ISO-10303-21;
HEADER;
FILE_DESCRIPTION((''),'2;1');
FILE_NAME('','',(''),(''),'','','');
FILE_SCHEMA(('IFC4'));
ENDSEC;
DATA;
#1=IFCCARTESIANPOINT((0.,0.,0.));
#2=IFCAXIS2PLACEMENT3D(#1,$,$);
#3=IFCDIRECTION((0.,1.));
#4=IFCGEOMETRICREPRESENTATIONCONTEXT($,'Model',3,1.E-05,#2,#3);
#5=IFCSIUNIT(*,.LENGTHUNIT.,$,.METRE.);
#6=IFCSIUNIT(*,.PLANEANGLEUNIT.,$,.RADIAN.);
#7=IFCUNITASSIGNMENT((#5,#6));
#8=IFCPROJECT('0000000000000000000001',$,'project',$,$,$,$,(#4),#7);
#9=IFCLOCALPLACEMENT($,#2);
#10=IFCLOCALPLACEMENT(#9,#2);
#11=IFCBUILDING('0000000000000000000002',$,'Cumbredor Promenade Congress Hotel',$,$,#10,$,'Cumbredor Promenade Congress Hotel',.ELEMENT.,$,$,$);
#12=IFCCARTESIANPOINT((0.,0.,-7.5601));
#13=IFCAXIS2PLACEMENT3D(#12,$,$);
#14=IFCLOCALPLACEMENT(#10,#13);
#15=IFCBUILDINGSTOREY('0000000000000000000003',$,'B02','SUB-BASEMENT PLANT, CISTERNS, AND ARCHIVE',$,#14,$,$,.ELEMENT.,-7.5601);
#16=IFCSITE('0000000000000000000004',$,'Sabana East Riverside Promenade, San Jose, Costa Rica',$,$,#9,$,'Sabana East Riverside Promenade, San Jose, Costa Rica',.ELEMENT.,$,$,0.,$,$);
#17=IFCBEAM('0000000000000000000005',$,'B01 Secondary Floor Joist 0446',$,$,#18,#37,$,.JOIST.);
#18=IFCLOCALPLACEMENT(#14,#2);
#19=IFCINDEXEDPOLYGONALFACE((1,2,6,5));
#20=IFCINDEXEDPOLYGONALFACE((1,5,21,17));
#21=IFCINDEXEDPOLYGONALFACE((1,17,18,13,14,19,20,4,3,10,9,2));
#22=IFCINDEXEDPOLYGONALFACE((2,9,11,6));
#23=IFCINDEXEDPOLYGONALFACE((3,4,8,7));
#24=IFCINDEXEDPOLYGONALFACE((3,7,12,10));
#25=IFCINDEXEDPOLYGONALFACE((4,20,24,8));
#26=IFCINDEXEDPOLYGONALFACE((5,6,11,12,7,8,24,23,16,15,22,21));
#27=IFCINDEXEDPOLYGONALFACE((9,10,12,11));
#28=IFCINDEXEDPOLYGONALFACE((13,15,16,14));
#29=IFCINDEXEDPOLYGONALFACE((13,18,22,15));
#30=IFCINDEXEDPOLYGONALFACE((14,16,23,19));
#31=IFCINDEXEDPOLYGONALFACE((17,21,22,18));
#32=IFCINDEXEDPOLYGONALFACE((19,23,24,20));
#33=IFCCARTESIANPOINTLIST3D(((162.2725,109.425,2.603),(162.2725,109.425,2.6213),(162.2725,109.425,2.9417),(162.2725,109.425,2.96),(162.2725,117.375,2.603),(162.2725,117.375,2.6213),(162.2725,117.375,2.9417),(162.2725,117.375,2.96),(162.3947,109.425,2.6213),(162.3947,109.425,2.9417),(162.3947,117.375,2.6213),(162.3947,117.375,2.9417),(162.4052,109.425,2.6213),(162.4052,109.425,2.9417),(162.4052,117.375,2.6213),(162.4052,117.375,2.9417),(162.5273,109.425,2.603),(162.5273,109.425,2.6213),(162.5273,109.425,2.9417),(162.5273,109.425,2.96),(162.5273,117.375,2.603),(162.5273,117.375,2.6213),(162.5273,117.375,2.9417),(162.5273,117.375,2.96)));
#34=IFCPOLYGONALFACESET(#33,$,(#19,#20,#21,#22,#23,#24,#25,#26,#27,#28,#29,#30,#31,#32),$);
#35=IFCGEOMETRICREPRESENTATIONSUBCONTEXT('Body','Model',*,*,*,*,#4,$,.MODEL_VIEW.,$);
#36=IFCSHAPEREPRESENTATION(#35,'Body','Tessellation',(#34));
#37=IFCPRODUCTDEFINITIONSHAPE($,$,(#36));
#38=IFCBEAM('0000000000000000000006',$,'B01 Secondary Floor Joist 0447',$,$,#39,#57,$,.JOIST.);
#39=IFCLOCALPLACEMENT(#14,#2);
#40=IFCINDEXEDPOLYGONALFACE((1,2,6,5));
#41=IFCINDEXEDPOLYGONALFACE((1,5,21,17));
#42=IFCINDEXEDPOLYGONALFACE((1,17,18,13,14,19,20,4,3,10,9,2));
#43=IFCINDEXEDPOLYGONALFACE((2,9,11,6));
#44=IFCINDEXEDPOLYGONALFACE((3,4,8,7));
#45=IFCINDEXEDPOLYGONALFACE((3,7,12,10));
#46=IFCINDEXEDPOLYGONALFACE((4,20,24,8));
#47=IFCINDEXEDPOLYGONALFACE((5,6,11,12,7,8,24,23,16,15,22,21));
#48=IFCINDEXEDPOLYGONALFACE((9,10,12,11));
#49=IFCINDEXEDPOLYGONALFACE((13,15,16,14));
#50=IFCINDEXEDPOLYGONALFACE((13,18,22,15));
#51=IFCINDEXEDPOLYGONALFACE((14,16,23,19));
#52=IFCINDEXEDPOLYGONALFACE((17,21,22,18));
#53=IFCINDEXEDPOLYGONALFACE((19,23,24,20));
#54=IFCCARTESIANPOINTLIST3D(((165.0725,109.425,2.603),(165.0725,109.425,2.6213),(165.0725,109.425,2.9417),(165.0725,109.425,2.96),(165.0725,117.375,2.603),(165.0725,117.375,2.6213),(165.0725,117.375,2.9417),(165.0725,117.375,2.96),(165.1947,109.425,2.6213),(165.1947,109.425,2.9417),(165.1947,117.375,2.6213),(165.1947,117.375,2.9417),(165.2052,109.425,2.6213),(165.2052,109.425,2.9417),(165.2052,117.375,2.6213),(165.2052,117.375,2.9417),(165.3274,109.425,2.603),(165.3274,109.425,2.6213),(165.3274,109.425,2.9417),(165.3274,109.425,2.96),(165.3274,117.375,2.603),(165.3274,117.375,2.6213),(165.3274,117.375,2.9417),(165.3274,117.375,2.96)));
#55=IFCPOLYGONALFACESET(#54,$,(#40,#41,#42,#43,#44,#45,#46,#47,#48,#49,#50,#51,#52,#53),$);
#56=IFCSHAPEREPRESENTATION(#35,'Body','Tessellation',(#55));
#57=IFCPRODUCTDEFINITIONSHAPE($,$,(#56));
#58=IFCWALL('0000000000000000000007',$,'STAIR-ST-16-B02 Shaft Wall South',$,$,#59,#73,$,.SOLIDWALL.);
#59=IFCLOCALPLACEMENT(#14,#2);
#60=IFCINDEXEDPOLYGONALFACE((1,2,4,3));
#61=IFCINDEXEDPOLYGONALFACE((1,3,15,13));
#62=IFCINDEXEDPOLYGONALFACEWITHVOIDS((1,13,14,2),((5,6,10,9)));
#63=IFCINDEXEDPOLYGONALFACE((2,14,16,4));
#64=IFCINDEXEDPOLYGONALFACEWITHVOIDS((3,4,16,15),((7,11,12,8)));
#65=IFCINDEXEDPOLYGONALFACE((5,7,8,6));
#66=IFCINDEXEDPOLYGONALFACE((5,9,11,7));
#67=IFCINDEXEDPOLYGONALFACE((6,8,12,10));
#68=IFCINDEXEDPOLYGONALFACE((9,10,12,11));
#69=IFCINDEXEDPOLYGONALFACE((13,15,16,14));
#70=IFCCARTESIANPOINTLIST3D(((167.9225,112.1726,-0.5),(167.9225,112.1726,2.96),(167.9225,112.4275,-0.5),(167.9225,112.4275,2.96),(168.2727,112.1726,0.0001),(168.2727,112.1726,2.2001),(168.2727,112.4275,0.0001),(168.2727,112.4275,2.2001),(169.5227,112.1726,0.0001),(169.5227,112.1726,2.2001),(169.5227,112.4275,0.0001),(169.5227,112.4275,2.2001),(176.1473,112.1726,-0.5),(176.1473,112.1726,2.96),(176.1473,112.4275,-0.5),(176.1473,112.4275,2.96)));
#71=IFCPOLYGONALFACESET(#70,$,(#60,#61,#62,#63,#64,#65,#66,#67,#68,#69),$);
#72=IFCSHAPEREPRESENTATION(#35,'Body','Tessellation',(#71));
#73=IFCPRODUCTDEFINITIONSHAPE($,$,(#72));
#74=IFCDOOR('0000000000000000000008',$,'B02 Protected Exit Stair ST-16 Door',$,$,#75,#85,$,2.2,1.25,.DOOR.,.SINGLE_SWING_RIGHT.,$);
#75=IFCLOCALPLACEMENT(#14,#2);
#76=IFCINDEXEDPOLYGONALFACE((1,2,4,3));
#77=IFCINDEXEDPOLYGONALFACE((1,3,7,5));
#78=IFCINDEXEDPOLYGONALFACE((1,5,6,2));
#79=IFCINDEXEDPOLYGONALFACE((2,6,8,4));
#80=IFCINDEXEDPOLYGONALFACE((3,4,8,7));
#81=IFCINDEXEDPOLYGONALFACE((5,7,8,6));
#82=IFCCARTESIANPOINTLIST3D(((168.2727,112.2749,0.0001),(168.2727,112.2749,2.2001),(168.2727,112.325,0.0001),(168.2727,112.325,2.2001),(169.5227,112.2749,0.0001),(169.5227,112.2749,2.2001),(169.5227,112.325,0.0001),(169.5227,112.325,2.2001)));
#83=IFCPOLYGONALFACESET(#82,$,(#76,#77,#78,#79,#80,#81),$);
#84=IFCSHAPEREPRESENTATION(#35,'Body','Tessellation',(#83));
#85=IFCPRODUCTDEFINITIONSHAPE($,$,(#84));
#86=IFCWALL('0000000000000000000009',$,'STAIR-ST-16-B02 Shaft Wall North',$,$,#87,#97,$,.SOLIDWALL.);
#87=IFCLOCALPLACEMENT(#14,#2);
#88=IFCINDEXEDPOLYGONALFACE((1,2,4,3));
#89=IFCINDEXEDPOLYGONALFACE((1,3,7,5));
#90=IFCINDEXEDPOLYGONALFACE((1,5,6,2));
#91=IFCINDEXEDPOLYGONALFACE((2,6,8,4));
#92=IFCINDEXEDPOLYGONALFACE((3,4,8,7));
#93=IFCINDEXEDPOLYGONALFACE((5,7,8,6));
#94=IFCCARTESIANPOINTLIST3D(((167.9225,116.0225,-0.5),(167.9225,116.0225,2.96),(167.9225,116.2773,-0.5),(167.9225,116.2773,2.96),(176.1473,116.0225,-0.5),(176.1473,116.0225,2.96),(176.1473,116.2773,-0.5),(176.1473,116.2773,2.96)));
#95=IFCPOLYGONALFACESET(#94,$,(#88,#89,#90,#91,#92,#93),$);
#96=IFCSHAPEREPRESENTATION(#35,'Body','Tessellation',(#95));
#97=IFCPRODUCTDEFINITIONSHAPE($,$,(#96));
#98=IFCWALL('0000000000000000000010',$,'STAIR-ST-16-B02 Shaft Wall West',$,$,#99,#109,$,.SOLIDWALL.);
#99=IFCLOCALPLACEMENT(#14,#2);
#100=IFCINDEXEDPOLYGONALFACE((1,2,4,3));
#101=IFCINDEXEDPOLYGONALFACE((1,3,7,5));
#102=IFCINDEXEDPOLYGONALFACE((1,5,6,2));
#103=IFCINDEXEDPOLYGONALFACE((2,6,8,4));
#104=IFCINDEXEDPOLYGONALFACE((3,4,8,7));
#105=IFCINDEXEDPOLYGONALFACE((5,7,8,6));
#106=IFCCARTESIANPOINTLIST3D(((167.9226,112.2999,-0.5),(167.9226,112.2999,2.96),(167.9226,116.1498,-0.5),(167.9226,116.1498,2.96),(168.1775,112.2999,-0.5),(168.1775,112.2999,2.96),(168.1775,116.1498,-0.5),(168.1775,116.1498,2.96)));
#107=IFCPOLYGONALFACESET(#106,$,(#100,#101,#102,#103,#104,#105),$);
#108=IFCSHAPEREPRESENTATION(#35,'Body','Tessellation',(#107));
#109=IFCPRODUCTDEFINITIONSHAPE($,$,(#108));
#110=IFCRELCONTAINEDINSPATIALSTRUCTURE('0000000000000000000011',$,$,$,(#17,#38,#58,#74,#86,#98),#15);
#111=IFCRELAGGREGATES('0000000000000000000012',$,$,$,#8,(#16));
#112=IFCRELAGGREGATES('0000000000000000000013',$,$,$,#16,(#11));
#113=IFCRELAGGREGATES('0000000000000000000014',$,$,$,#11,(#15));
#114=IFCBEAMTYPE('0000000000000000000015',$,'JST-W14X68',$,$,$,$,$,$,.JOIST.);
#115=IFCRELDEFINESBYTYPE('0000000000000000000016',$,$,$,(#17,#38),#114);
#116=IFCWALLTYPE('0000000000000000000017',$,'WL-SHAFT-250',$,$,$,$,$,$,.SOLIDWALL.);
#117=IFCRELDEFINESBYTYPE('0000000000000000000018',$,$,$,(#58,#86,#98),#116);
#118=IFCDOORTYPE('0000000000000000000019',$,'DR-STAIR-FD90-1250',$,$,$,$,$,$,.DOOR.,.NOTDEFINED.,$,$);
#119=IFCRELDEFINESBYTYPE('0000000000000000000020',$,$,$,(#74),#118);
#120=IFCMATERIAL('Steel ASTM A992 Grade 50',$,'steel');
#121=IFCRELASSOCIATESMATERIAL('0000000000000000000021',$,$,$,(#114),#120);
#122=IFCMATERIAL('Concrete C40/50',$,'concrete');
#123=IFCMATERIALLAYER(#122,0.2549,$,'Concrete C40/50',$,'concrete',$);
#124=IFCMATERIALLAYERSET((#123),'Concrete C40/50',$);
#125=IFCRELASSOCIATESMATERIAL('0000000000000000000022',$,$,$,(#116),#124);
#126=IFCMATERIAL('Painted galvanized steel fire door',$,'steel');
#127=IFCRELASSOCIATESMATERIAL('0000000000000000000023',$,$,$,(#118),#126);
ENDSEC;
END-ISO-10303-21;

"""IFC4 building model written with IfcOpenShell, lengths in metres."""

from ifc_helpers import new_model, si_unit, direction, frame, frame_2d, origin, origin_2d, place, context, subcontext, project, spatial, rectangle, i_section, extrude, material, layer, layer_set, material_profile, profile_set, type_object, element, fill, save


model = new_model("IFC4")

# Units and contexts
model_context = context("Model", 3, precision=1e-05, world=origin(), true_north=direction((0.0, 1.0)))
body_context = subcontext(model_context, "Body", "Model", "MODEL_VIEW")
ifc_project = project(units=[si_unit("LENGTHUNIT", "METRE"), si_unit("PLANEANGLEUNIT", "RADIAN")], contexts=[model_context])

# Site, building, storey
site_placement = place(None, origin())
site = spatial("IfcSite", under=ifc_project, at=site_placement, Name="Sabana East Riverside Promenade, San Jose, Costa Rica", LongName="Sabana East Riverside Promenade, San Jose, Costa Rica", CompositionType="ELEMENT", RefElevation=0.0)
building_placement = place(site_placement, origin())
building = spatial("IfcBuilding", under=site, at=building_placement, Name="Cumbredor Promenade Congress Hotel", LongName="Cumbredor Promenade Congress Hotel", CompositionType="ELEMENT")
storey_placement = place(building_placement, frame((0.0, 0.0, -7.5601)))
storey = spatial("IfcBuildingStorey", under=building, at=storey_placement, Name="B02", Description="SUB-BASEMENT PLANT, CISTERNS, AND ARCHIVE", CompositionType="ELEMENT", Elevation=-7.5601)

# Shared definitions
ifc_material_1 = material(Name="Concrete C40/50", Category="concrete")

# Beams
ifc_material_2 = material(Name="Steel ASTM A992 Grade 50", Category="steel")
ifc_material_profile_1 = material_profile(ifc_material_2, i_section(OverallWidth=0.2549, OverallDepth=0.3569, WebThickness=0.0105, FlangeThickness=0.0183, at=origin_2d()), Name="W14X68")
ifc_profile_set_1 = profile_set([ifc_material_profile_1], Name="Steel ASTM A992 Grade 50")
beam_type_1 = type_object("IfcBeamType", Name="JST-W14X68", PredefinedType="JOIST", material=ifc_profile_set_1)
for number, where, z_axis, x_axis, name in (
    (1, (162.3999, 109.425, 2.7815), (0.0, 1.0, 0.0), (-1.0, 0.0, 0.0), "B01 Secondary Floor Joist 0446"),
    (2, (165.2, 109.425, 2.7815), (0.0, 1.0, 0.0), (-1.0, 0.0, 0.0), "B01 Secondary Floor Joist 0447"),
):
    element("IfcBeam", number, at=place(storey_placement, frame(where, z_axis=z_axis, x_axis=x_axis)), inside=storey, type_object=beam_type_1, Name=name, PredefinedType="JOIST", context=body_context, shape_type="SweptSolid", body=[
        extrude(i_section(OverallWidth=0.2549, OverallDepth=0.3569, WebThickness=0.0105, FlangeThickness=0.0183, at=origin_2d()), origin(), (0.0, 0.0, 1.0), 7.95),
    ])

# Wall, opening, door
ifc_layer = layer(ifc_material_1, 0.2549, Name="Concrete C40/50", Category="concrete")
ifc_layer_set = layer_set([ifc_layer], Name="Concrete C40/50")
wall_type = type_object("IfcWallType", Name="WL-SHAFT-250", PredefinedType="SOLIDWALL", material=ifc_layer_set)
wall_1_placement = place(storey_placement, frame((167.9226, 112.3, -0.5), z_axis=(0.0, 0.0, 1.0), x_axis=(1.0, 0.0, 0.0)))
wall_1 = element("IfcWall", 3, at=wall_1_placement, inside=storey, type_object=wall_type, Name="STAIR-ST-16-B02 Shaft Wall South", PredefinedType="SOLIDWALL", context=body_context, shape_type="SweptSolid", body=[
    extrude(rectangle(XDim=8.2249, YDim=0.2549, at=frame_2d((4.1123, 0.0))), origin(), (0.0, 0.0, 1.0), 3.46),
])
opening_placement = place(wall_1_placement, frame((0.3501, 0.0, 0.5)))
opening = element("IfcOpeningElement", 4, at=opening_placement, cuts=wall_1, PredefinedType="OPENING", context=body_context, shape_type="SweptSolid", body=[
    extrude(rectangle(XDim=1.25, YDim=2.2, at=frame_2d((0.625, 1.1001))), frame((0.0, 0.1375, 0.0), z_axis=(0.0, -1.0, 0.0), x_axis=(1.0, 0.0, 0.0)), (0.0, 0.0, 1.0), 0.2749),
])
ifc_material_3 = material(Name="Painted galvanized steel fire door", Category="steel")
door_type = type_object("IfcDoorType", Name="DR-STAIR-FD90-1250", OperationType="NOTDEFINED", PredefinedType="DOOR", material=ifc_material_3)
door_placement = place(opening_placement, origin())
door = element("IfcDoor", 5, at=door_placement, inside=storey, type_object=door_type, Name="B02 Protected Exit Stair ST-16 Door", OperationType="SINGLE_SWING_RIGHT", OverallHeight=2.2, OverallWidth=1.25, PredefinedType="DOOR", context=body_context, shape_type="SweptSolid", body=[
    extrude(rectangle(XDim=1.25, YDim=2.2, at=frame_2d((0.625, 1.1001))), frame((0.0, 0.0249, 0.0), z_axis=(0.0, -1.0, 0.0), x_axis=(1.0, 0.0, 0.0)), (0.0, 0.0, 1.0), 0.05),
])
fill(opening, door)

# Walls
wall_2_placement = place(storey_placement, frame((167.9226, 116.1499, -0.5), z_axis=(0.0, 0.0, 1.0), x_axis=(1.0, 0.0, 0.0)))
element("IfcWall", 6, at=wall_2_placement, inside=storey, type_object=wall_type, Name="STAIR-ST-16-B02 Shaft Wall North", PredefinedType="SOLIDWALL", context=body_context, shape_type="SweptSolid", body=[
    extrude(rectangle(XDim=8.2249, YDim=0.2549, at=frame_2d((4.1123, 0.0))), origin(), (0.0, 0.0, 1.0), 3.46),
])
wall_3_placement = place(storey_placement, frame((168.05, 112.3, -0.5), z_axis=(0.0, 0.0, 1.0), x_axis=(0.0, 1.0, 0.0)))
element("IfcWall", 7, at=wall_3_placement, inside=storey, type_object=wall_type, Name="STAIR-ST-16-B02 Shaft Wall West", PredefinedType="SOLIDWALL", context=body_context, shape_type="SweptSolid", body=[
    extrude(rectangle(XDim=3.8499, YDim=0.2549, at=frame_2d((1.9248, 0.0))), origin(), (0.0, 0.0, 1.0), 3.46),
])

save(model, "model.ifc")
